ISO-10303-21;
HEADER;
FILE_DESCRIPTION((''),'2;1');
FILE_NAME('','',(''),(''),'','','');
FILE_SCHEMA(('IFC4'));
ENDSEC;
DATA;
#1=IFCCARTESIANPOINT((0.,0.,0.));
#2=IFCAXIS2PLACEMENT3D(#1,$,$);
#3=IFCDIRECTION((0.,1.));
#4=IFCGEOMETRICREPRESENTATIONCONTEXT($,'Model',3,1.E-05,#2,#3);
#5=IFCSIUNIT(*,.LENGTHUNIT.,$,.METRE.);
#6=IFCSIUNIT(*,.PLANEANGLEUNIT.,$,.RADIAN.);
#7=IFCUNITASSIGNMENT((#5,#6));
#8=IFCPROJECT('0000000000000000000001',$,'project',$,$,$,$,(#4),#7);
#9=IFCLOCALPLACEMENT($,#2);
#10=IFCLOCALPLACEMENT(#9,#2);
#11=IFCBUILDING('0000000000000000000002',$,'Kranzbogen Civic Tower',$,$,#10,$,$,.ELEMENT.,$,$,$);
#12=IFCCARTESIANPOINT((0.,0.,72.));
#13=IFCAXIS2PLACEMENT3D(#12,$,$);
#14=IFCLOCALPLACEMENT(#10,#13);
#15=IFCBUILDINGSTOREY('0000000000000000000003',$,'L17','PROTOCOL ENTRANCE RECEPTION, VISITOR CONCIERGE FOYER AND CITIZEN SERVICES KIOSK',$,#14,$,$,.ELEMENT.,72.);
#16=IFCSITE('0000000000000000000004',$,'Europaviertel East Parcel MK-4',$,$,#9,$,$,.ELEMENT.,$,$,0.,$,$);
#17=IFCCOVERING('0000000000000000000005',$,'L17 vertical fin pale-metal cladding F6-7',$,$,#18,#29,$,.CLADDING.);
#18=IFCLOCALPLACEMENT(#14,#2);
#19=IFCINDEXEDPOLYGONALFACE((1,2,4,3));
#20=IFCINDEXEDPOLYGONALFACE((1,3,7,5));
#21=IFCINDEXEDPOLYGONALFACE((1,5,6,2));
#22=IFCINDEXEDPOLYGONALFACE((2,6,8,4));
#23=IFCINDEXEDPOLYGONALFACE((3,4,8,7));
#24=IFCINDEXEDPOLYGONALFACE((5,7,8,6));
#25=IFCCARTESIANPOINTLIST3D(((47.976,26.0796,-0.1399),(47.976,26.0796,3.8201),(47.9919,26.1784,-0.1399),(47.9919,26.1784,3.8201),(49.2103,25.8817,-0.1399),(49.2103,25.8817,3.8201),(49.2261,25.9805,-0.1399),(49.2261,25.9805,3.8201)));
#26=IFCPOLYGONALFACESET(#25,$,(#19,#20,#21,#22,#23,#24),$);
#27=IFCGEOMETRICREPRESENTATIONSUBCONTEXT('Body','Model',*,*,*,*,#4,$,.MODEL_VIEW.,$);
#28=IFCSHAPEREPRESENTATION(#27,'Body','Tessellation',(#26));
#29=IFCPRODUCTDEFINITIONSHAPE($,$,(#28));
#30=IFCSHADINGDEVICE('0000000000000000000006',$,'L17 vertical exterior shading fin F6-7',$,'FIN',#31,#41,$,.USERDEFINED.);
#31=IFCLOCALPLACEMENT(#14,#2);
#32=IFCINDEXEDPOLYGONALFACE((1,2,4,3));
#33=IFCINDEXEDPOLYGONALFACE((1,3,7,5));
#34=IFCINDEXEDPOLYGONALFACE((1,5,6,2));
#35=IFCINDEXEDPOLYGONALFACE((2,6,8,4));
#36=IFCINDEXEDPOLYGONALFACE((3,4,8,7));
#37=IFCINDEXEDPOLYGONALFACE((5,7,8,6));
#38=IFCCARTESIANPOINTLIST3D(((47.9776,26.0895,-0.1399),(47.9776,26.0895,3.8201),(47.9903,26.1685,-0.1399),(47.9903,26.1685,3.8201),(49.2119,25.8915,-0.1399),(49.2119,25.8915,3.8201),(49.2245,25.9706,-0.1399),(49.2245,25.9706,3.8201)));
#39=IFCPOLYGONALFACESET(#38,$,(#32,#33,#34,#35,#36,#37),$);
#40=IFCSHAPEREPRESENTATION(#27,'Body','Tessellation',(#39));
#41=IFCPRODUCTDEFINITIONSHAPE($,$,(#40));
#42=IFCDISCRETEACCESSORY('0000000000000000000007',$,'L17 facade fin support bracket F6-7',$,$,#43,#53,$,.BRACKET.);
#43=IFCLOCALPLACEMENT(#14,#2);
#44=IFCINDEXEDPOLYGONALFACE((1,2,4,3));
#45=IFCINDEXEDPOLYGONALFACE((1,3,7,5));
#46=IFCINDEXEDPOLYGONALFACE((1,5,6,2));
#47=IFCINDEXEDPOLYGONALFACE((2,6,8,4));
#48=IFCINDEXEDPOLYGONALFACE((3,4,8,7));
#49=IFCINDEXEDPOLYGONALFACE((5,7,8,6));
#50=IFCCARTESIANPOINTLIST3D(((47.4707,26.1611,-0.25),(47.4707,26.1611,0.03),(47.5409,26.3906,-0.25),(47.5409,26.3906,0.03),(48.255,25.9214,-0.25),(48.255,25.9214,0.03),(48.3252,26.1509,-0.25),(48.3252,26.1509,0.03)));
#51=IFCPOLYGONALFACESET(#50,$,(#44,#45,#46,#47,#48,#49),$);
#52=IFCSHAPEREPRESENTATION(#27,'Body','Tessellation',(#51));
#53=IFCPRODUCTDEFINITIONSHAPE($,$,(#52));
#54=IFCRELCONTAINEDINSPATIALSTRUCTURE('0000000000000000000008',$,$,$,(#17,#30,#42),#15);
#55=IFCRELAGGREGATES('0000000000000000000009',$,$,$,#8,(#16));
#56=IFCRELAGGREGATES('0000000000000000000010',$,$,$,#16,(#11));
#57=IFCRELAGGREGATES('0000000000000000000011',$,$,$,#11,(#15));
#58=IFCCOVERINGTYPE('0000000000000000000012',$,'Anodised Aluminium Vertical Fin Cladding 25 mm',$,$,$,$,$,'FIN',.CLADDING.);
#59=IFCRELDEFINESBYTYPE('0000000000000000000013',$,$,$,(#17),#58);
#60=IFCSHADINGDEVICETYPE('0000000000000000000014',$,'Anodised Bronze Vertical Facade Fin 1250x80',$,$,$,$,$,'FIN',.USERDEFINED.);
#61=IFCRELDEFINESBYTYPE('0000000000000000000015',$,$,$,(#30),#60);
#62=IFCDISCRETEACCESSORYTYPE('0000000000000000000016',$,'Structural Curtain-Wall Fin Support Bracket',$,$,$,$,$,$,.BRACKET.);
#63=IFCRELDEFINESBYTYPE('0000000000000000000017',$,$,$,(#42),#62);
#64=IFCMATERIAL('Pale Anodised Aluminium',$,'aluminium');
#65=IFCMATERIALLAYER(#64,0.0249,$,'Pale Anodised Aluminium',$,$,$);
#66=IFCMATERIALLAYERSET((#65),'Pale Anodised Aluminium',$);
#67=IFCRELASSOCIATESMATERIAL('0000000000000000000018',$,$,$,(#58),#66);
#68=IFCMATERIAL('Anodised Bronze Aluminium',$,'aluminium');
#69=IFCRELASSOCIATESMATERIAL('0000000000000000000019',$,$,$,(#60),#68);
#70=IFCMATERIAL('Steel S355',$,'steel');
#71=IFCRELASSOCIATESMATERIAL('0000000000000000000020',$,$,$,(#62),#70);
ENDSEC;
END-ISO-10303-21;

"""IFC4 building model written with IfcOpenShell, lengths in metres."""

from ifc_helpers import new_model, si_unit, direction, frame, origin, origin_2d, place, context, subcontext, project, spatial, rectangle, extrude, material, layer, layer_set, type_object, element, save


model = new_model("IFC4")

# Units and contexts
model_context = context("Model", 3, precision=1e-05, world=origin(), true_north=direction((0.0, 1.0)))
body_context = subcontext(model_context, "Body", "Model", "MODEL_VIEW")
ifc_project = project(units=[si_unit("LENGTHUNIT", "METRE"), si_unit("PLANEANGLEUNIT", "RADIAN")], contexts=[model_context])

# Site, building, storey
site_placement = place(None, origin())
site = spatial("IfcSite", under=ifc_project, at=site_placement, Name="Europaviertel East Parcel MK-4", CompositionType="ELEMENT", RefElevation=0.0)
building_placement = place(site_placement, origin())
building = spatial("IfcBuilding", under=site, at=building_placement, Name="Kranzbogen Civic Tower", CompositionType="ELEMENT")
storey_placement = place(building_placement, frame((0.0, 0.0, 72.0)))
storey = spatial("IfcBuildingStorey", under=building, at=storey_placement, Name="L17", Description="PROTOCOL ENTRANCE RECEPTION, VISITOR CONCIERGE FOYER AND CITIZEN SERVICES KIOSK", CompositionType="ELEMENT", Elevation=72.0)

# Shared definitions
ifc_material_1 = material(Name="Steel S355", Category="steel")

# Shared definitions
ifc_material_2 = material(Name="Pale Anodised Aluminium", Category="aluminium")

# Covering
ifc_layer_1 = layer(ifc_material_2, 0.0249, Name="Pale Anodised Aluminium")
ifc_layer_set_1 = layer_set([ifc_layer_1], Name="Pale Anodised Aluminium")
covering_type = type_object("IfcCoveringType", Name="Anodised Aluminium Vertical Fin Cladding 25 mm", ElementType="FIN", PredefinedType="CLADDING", material=ifc_layer_set_1)
covering_placement = place(storey_placement, frame((48.6011, 26.03, -0.1399), z_axis=(0.0, 0.0, 1.0), x_axis=(0.987386, -0.15833, 0.0)))
element("IfcCovering", 1, at=covering_placement, inside=storey, type_object=covering_type, Name="L17 vertical fin pale-metal cladding F6-7", PredefinedType="CLADDING", context=body_context, shape_type="SweptSolid", body=[
    extrude(rectangle(XDim=1.25, YDim=0.1001, at=origin_2d()), origin(), (0.0, 0.0, 1.0), 3.96),
])

# Shading device
ifc_material_3 = material(Name="Anodised Bronze Aluminium", Category="aluminium")
shading_device_type = type_object("IfcShadingDeviceType", Name="Anodised Bronze Vertical Facade Fin 1250x80", ElementType="FIN", PredefinedType="USERDEFINED", material=ifc_material_3)
shading_device_placement = place(storey_placement, frame((48.6011, 26.03, -0.1399), z_axis=(0.0, 0.0, 1.0), x_axis=(0.987386, -0.15833, 0.0)))
element("IfcShadingDevice", 2, at=shading_device_placement, inside=storey, type_object=shading_device_type, Name="L17 vertical exterior shading fin F6-7", ObjectType="FIN", PredefinedType="USERDEFINED", context=body_context, shape_type="SweptSolid", body=[
    extrude(rectangle(XDim=1.25, YDim=0.0801, at=origin_2d()), origin(), (0.0, 0.0, 1.0), 3.96),
])

# Discrete accessory
discrete_accessory_type = type_object("IfcDiscreteAccessoryType", Name="Structural Curtain-Wall Fin Support Bracket", PredefinedType="BRACKET", material=ifc_material_1)
discrete_accessory_placement = place(storey_placement, frame((47.8979, 26.156, -0.25), z_axis=(0.0, 0.0, 1.0), x_axis=(0.956305, -0.292372, 0.0)))
element("IfcDiscreteAccessory", 3, at=discrete_accessory_placement, inside=storey, type_object=discrete_accessory_type, Name="L17 facade fin support bracket F6-7", PredefinedType="BRACKET", context=body_context, shape_type="SweptSolid", body=[
    extrude(rectangle(XDim=0.8201, YDim=0.24, at=origin_2d()), origin(), (0.0, 0.0, 1.0), 0.28),
])

save(model, "model.ifc")
